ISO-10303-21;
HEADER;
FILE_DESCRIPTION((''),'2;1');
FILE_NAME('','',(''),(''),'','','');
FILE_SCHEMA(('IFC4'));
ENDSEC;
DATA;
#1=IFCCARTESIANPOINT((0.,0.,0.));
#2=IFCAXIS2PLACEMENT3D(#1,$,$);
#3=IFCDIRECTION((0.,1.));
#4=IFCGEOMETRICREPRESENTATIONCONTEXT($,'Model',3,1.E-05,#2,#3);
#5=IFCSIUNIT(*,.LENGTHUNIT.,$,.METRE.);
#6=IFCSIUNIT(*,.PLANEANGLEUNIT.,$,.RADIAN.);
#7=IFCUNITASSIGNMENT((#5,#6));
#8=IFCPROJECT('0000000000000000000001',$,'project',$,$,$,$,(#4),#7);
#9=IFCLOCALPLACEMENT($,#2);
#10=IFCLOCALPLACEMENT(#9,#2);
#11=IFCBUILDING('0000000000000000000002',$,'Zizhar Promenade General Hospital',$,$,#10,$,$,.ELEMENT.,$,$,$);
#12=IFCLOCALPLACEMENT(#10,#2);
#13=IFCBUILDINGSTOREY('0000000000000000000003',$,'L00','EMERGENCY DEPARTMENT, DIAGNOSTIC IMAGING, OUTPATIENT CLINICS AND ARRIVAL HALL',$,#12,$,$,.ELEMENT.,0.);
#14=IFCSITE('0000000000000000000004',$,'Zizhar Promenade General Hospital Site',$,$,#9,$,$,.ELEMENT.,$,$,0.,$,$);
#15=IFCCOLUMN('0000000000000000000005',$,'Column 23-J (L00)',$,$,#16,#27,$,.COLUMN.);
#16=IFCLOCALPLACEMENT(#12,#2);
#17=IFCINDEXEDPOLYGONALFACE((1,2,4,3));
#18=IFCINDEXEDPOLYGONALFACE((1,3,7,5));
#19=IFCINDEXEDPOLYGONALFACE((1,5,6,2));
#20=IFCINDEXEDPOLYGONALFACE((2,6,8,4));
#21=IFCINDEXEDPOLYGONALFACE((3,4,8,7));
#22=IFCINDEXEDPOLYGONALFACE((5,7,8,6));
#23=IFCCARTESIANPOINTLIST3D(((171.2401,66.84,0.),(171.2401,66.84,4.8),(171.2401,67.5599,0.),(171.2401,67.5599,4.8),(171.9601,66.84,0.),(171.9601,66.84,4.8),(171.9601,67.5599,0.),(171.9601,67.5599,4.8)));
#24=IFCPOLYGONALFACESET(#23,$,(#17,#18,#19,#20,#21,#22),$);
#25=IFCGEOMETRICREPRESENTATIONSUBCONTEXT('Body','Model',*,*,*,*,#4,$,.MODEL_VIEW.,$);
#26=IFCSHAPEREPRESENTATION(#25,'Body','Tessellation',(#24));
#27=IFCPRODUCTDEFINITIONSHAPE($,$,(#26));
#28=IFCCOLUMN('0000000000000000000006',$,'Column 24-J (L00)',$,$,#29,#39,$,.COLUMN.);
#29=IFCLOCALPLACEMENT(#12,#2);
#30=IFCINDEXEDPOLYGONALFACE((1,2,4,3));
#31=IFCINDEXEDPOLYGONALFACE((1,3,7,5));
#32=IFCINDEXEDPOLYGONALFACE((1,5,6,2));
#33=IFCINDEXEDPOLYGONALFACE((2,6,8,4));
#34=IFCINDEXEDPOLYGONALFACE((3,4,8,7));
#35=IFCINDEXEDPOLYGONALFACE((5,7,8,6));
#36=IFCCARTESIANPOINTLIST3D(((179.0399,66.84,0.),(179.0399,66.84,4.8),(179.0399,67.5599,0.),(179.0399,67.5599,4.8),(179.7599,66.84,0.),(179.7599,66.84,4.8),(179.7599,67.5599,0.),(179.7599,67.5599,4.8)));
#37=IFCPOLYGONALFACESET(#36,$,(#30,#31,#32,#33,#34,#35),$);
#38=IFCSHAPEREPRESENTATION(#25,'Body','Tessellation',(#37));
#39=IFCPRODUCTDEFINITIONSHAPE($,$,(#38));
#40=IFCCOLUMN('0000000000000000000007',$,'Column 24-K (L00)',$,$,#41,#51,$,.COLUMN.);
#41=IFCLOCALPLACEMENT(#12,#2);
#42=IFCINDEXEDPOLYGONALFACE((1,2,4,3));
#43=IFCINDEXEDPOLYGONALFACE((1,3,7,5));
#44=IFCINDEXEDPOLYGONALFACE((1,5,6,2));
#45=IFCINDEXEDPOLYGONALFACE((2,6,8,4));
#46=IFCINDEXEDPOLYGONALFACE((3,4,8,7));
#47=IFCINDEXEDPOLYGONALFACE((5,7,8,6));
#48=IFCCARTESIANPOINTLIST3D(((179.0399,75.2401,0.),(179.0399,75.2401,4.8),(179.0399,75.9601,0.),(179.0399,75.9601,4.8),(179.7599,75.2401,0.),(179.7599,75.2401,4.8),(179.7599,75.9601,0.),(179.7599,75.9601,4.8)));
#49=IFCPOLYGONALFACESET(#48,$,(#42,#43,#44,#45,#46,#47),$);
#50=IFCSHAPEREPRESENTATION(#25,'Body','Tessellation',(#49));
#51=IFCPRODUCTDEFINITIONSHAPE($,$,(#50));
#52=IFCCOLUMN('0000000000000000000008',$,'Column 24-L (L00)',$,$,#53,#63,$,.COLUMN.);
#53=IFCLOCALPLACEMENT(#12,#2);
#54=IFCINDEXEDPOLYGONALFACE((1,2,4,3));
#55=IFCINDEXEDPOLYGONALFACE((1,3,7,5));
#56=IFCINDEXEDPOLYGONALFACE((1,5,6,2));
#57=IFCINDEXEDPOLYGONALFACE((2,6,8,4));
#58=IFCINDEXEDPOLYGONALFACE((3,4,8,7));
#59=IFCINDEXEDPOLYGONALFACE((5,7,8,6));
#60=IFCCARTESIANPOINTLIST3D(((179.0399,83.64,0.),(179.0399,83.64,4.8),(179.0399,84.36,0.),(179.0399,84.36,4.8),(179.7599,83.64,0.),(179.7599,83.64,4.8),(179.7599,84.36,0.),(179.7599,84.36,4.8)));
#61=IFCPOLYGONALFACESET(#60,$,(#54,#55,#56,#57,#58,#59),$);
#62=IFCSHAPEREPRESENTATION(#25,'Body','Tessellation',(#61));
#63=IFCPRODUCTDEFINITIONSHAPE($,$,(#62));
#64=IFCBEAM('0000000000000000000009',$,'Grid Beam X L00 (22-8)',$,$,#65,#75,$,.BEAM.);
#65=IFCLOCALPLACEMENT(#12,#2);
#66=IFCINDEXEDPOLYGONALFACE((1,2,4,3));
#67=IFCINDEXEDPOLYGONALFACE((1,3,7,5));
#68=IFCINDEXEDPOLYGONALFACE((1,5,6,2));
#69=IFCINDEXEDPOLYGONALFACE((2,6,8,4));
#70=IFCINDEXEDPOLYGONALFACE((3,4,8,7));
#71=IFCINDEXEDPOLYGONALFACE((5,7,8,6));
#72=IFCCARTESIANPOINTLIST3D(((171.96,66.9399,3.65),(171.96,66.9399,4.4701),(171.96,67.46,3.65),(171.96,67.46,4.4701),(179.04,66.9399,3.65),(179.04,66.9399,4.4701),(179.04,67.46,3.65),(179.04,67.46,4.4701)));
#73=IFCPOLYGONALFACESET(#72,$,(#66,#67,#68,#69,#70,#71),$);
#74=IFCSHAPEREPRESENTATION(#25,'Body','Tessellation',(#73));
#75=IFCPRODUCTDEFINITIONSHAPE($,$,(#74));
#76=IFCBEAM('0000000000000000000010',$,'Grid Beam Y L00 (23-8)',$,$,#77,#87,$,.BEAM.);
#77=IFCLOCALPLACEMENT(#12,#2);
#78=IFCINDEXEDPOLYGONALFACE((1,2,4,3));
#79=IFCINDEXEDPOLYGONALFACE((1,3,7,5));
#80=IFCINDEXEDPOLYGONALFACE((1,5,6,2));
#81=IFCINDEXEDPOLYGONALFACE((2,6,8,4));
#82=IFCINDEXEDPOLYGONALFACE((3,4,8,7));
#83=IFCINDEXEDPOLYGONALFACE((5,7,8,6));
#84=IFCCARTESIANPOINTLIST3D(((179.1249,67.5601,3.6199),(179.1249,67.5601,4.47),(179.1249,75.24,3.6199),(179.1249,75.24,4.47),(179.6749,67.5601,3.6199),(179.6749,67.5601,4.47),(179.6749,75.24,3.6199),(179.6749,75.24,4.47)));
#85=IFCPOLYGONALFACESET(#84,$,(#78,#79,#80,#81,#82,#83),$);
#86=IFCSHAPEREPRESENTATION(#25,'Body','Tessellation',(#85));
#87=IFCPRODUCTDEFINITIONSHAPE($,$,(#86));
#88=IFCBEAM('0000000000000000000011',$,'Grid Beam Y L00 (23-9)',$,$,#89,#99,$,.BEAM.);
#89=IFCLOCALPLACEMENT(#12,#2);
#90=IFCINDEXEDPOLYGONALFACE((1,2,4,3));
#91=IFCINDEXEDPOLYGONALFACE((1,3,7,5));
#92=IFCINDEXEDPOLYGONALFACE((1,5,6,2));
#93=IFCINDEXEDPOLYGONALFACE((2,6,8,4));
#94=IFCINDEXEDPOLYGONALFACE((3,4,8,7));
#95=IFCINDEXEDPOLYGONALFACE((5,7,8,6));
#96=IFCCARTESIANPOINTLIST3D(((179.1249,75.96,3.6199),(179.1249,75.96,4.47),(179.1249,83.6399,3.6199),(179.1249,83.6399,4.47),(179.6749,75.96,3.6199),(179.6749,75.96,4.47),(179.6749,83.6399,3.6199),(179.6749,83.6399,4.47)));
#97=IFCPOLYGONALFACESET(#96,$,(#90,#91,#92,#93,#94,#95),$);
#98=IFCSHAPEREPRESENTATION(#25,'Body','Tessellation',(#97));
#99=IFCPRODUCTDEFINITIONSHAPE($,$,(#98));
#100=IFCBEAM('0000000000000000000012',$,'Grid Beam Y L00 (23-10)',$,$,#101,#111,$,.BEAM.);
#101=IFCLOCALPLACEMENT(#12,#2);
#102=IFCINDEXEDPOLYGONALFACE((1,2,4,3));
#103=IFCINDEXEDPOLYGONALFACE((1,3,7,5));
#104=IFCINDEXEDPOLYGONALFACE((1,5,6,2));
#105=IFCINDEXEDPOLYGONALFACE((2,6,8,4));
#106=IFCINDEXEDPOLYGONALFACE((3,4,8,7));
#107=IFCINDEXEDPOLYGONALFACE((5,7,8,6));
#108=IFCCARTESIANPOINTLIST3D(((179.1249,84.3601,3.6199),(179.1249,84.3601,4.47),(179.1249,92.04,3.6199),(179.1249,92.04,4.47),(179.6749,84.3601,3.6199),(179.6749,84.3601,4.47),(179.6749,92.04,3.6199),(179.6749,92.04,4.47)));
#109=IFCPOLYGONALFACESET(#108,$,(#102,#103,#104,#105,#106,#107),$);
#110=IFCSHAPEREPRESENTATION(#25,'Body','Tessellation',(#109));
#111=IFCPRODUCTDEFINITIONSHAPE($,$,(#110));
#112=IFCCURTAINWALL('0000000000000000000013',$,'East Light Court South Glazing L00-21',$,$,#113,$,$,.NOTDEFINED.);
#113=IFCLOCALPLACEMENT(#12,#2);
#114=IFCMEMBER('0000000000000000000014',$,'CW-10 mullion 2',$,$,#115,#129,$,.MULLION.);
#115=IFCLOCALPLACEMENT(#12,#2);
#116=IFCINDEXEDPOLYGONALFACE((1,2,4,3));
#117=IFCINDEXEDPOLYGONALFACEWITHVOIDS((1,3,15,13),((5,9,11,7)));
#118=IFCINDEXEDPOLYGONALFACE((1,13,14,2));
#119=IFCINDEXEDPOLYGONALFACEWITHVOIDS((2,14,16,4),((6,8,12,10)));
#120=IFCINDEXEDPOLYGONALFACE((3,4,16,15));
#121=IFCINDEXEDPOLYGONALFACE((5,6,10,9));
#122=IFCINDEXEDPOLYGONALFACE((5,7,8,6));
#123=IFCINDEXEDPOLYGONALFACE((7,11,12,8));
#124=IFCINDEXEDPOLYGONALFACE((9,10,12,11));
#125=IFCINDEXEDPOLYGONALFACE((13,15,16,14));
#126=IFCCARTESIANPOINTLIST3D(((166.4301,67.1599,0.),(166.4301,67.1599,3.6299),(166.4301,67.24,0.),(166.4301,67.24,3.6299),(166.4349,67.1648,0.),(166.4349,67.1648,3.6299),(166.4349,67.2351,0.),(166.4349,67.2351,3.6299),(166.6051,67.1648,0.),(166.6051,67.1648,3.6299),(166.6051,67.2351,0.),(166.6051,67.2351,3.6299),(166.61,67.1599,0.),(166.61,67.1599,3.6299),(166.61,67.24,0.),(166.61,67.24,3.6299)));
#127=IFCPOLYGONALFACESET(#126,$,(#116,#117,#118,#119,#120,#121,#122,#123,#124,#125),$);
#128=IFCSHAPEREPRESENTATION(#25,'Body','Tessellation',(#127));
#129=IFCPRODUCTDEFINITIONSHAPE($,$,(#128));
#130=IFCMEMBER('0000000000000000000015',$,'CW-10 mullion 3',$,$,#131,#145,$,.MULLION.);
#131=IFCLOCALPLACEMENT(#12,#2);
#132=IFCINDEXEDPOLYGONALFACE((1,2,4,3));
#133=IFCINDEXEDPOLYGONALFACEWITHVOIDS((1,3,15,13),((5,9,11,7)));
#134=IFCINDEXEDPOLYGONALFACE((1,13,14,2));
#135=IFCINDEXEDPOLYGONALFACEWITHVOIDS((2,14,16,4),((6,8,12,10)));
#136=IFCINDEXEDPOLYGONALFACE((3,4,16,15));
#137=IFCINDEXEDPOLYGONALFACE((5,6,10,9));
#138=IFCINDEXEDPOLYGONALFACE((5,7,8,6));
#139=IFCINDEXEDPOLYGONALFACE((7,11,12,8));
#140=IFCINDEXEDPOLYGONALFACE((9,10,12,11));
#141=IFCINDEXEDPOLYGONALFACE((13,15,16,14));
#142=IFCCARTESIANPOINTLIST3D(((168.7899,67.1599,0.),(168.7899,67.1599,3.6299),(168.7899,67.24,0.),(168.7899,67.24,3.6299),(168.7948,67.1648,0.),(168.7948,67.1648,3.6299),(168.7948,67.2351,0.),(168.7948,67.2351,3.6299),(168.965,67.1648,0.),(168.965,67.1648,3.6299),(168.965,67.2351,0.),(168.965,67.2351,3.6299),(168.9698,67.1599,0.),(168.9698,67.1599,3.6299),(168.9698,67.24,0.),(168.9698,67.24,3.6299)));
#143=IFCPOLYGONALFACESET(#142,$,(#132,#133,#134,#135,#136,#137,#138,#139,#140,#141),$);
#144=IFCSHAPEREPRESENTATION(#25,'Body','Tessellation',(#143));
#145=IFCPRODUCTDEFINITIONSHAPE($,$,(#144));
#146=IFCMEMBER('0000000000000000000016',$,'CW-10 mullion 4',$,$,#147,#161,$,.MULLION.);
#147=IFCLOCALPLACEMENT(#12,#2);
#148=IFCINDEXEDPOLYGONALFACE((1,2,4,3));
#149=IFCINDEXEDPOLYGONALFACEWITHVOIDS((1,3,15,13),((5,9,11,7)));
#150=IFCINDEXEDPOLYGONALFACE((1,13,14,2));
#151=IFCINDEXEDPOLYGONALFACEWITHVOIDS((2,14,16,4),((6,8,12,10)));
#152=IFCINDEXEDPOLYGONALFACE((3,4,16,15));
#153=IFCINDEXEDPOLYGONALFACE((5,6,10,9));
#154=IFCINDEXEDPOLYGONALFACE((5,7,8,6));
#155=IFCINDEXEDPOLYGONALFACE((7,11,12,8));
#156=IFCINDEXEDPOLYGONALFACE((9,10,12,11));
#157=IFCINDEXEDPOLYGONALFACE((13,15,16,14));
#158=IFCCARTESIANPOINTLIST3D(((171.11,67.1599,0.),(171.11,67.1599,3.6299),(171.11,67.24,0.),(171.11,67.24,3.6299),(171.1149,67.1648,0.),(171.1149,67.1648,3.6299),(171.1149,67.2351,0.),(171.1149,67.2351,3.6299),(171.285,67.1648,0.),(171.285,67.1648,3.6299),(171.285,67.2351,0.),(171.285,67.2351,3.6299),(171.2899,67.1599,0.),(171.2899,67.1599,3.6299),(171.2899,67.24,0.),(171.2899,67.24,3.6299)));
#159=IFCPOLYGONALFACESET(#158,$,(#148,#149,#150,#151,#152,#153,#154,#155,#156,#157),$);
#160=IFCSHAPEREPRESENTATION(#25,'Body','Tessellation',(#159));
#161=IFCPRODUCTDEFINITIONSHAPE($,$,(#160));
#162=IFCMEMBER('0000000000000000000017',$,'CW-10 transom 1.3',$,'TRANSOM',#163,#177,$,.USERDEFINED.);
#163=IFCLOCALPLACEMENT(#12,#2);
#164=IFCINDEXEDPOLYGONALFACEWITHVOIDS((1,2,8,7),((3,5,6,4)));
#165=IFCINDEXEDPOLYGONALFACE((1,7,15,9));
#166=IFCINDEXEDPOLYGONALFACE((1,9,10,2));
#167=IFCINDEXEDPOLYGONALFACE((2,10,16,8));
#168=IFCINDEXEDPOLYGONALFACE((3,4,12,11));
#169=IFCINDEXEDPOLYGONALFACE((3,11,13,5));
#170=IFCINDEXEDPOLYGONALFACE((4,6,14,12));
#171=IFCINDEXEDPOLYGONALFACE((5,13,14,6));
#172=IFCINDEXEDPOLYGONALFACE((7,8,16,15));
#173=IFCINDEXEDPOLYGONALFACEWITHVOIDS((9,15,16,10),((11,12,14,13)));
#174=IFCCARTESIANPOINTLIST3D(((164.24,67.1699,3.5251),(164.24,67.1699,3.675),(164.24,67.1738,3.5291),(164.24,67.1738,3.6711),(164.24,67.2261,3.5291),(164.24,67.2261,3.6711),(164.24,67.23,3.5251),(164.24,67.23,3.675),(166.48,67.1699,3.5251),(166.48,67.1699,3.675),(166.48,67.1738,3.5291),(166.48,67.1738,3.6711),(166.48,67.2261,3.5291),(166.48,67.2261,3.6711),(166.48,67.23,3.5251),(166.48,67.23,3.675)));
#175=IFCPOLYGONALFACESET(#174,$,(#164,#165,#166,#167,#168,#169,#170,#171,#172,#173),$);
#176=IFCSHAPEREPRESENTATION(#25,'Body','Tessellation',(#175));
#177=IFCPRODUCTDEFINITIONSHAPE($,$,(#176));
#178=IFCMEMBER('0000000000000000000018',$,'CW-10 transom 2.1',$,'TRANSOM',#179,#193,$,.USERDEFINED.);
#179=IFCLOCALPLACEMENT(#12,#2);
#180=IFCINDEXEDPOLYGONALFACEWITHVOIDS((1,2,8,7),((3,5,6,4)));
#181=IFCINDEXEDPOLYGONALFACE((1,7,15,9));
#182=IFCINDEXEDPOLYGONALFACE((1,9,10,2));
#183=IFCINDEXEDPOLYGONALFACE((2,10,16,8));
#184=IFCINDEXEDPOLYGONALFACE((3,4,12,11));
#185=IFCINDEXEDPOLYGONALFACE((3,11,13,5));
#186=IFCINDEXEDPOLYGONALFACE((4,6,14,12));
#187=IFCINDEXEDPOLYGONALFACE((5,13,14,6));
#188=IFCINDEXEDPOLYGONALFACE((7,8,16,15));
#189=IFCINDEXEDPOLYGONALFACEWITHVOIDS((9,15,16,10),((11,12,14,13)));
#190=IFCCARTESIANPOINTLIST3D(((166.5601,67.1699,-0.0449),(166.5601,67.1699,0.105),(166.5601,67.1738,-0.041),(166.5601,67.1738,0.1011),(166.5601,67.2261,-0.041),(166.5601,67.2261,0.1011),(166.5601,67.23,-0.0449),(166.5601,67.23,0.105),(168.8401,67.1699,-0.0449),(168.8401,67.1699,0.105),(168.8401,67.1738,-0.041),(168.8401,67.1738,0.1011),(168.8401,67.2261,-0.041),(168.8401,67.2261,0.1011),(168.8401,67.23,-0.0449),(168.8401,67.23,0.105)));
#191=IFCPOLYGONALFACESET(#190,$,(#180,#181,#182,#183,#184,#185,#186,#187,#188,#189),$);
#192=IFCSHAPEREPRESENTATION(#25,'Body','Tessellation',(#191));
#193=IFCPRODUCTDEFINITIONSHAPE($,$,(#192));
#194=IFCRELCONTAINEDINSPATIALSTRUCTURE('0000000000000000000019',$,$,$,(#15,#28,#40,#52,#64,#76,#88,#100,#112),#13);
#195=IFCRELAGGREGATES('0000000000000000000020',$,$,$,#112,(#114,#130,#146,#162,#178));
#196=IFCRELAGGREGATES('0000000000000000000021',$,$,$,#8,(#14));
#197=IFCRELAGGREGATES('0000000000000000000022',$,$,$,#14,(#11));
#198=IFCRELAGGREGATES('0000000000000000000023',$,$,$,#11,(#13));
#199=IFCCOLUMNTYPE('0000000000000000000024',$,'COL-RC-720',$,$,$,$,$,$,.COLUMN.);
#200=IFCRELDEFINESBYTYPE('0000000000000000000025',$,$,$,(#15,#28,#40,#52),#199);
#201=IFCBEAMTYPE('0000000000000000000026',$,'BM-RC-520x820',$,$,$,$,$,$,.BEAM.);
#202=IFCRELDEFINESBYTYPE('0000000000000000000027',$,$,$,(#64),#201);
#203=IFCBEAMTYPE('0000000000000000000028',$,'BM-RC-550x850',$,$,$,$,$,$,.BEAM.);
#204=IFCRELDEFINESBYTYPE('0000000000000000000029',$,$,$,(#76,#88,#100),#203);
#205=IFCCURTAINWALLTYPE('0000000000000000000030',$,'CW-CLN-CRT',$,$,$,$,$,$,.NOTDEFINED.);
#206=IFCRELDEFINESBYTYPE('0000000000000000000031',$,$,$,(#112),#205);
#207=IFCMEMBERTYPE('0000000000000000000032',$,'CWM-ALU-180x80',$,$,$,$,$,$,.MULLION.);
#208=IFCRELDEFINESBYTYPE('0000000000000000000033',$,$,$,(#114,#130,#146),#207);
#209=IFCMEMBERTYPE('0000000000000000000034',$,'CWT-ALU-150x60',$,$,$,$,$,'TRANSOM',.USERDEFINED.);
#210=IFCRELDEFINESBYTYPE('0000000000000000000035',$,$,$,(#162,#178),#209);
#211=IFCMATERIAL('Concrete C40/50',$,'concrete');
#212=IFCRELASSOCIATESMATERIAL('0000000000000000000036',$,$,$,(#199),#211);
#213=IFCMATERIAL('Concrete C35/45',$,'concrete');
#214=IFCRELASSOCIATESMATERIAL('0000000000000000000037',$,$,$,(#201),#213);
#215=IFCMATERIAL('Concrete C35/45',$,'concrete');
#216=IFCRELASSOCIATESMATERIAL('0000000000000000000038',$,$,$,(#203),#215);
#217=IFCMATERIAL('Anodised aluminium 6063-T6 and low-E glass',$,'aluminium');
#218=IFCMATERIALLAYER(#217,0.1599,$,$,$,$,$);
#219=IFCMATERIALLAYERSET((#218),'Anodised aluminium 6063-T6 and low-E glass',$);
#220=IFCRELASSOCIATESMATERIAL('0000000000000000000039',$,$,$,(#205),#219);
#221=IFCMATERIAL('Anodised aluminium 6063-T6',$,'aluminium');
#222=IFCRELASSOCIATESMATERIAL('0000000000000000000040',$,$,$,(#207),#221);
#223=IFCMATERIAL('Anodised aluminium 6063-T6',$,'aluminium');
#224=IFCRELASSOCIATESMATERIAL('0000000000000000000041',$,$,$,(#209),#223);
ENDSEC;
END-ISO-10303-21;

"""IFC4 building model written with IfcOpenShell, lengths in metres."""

from ifc_helpers import new_model, si_unit, direction, frame, origin, origin_2d, place, context, subcontext, project, spatial, rectangle, hollow_rectangle, extrude, material, layer, layer_set, material_profile, profile_set, type_object, element, aggregate, save


model = new_model("IFC4")

# Units and contexts
model_context = context("Model", 3, precision=1e-05, world=origin(), true_north=direction((0.0, 1.0)))
body_context = subcontext(model_context, "Body", "Model", "MODEL_VIEW")
ifc_project = project(units=[si_unit("LENGTHUNIT", "METRE"), si_unit("PLANEANGLEUNIT", "RADIAN")], contexts=[model_context])

# Site, building, storey
site_placement = place(None, origin())
site = spatial("IfcSite", under=ifc_project, at=site_placement, Name="Zizhar Promenade General Hospital Site", CompositionType="ELEMENT", RefElevation=0.0)
building_placement = place(site_placement, origin())
building = spatial("IfcBuilding", under=site, at=building_placement, Name="Zizhar Promenade General Hospital", CompositionType="ELEMENT")
storey_placement = place(building_placement, origin())
storey = spatial("IfcBuildingStorey", under=building, at=storey_placement, Name="L00", Description="EMERGENCY DEPARTMENT, DIAGNOSTIC IMAGING, OUTPATIENT CLINICS AND ARRIVAL HALL", CompositionType="ELEMENT", Elevation=0.0)

# Columns
ifc_material_1 = material(Name="Concrete C40/50", Category="concrete")
ifc_material_profile_1 = material_profile(ifc_material_1, rectangle(XDim=0.72, YDim=0.72, at=origin_2d()))
ifc_profile_set_1 = profile_set([ifc_material_profile_1], Name="Concrete C40/50")
column_type = type_object("IfcColumnType", Name="COL-RC-720", PredefinedType="COLUMN", material=ifc_profile_set_1)
for number, where, z_axis, x_axis, name in (
    (1, (171.6001, 67.2, 0.0), (0.0, 0.0, 1.0), (1.0, 0.0, 0.0), "Column 23-J (L00)"),
    (2, (179.3999, 67.2, 0.0), (0.0, 0.0, 1.0), (1.0, 0.0, 0.0), "Column 24-J (L00)"),
    (3, (179.3999, 75.6001, 0.0), (0.0, 0.0, 1.0), (1.0, 0.0, 0.0), "Column 24-K (L00)"),
    (4, (179.3999, 84.0, 0.0), (0.0, 0.0, 1.0), (1.0, 0.0, 0.0), "Column 24-L (L00)"),
):
    element("IfcColumn", number, at=place(storey_placement, frame(where, z_axis=z_axis, x_axis=x_axis)), inside=storey, type_object=column_type, Name=name, PredefinedType="COLUMN", context=body_context, shape_type="SweptSolid", body=[
        extrude(rectangle(XDim=0.72, YDim=0.72, at=origin_2d()), origin(), (0.0, 0.0, 1.0), 4.8),
    ])

# Beams
ifc_material_2 = material(Name="Concrete C35/45", Category="concrete")
ifc_material_profile_2 = material_profile(ifc_material_2, rectangle(XDim=0.52, YDim=0.8201, at=origin_2d()))
ifc_profile_set_2 = profile_set([ifc_material_profile_2], Name="Concrete C35/45")
beam_type_1 = type_object("IfcBeamType", Name="BM-RC-520x820", PredefinedType="BEAM", material=ifc_profile_set_2)
beam_placement = place(storey_placement, frame((171.96, 67.2, 4.0601), z_axis=(1.0, 0.0, 0.0), x_axis=(0.0, 1.0, 0.0)))
element("IfcBeam", 5, at=beam_placement, inside=storey, type_object=beam_type_1, Name="Grid Beam X L00 (22-8)", PredefinedType="BEAM", context=body_context, shape_type="SweptSolid", body=[
    extrude(rectangle(XDim=0.52, YDim=0.8201, at=origin_2d()), origin(), (0.0, 0.0, 1.0), 7.0801),
])
ifc_material_3 = material(Name="Concrete C35/45", Category="concrete")
ifc_material_profile_3 = material_profile(ifc_material_3, rectangle(XDim=0.55, YDim=0.8501, at=origin_2d()))
ifc_profile_set_3 = profile_set([ifc_material_profile_3], Name="Concrete C35/45")
beam_type_2 = type_object("IfcBeamType", Name="BM-RC-550x850", PredefinedType="BEAM", material=ifc_profile_set_3)
for number, where, z_axis, x_axis, name in (
    (6, (179.3999, 67.5601, 4.0449), (0.0, 1.0, 0.0), (-1.0, 0.0, 0.0), "Grid Beam Y L00 (23-8)"),
    (7, (179.3999, 75.96, 4.0449), (0.0, 1.0, 0.0), (-1.0, 0.0, 0.0), "Grid Beam Y L00 (23-9)"),
    (8, (179.3999, 84.3601, 4.0449), (0.0, 1.0, 0.0), (-1.0, 0.0, 0.0), "Grid Beam Y L00 (23-10)"),
):
    element("IfcBeam", number, at=place(storey_placement, frame(where, z_axis=z_axis, x_axis=x_axis)), inside=storey, type_object=beam_type_2, Name=name, PredefinedType="BEAM", context=body_context, shape_type="SweptSolid", body=[
        extrude(rectangle(XDim=0.55, YDim=0.8501, at=origin_2d()), origin(), (0.0, 0.0, 1.0), 7.6799),
    ])

# Curtain wall, members
ifc_material_4 = material(Name="Anodised aluminium 6063-T6 and low-E glass", Category="aluminium")
ifc_layer_1 = layer(ifc_material_4, 0.1599)
ifc_layer_set_1 = layer_set([ifc_layer_1], Name="Anodised aluminium 6063-T6 and low-E glass")
curtain_wall_type = type_object("IfcCurtainWallType", Name="CW-CLN-CRT", PredefinedType="NOTDEFINED", material=ifc_layer_set_1)
curtain_wall_placement = place(storey_placement, origin())
curtain_wall = element("IfcCurtainWall", 9, at=curtain_wall_placement, inside=storey, type_object=curtain_wall_type, Name="East Light Court South Glazing L00-21", PredefinedType="NOTDEFINED")
ifc_material_5 = material(Name="Anodised aluminium 6063-T6", Category="aluminium")
ifc_material_profile_4 = material_profile(ifc_material_5, hollow_rectangle(XDim=0.0801, YDim=0.1799, WallThickness=0.0049, at=origin_2d()))
ifc_profile_set_4 = profile_set([ifc_material_profile_4], Name="Anodised aluminium 6063-T6")
member_type_1 = type_object("IfcMemberType", Name="CWM-ALU-180x80", PredefinedType="MULLION", material=ifc_profile_set_4)
member_1_placement = place(storey_placement, frame((166.52, 67.2, 0.0), z_axis=(0.0, 0.0, 1.0), x_axis=(0.0, 1.0, 0.0)))
member_1 = element("IfcMember", 10, at=member_1_placement, type_object=member_type_1, Name="CW-10 mullion 2", PredefinedType="MULLION", context=body_context, shape_type="SweptSolid", body=[
    extrude(hollow_rectangle(XDim=0.0801, YDim=0.1799, WallThickness=0.0049, at=origin_2d()), origin(), (0.0, 0.0, 1.0), 3.6299),
])
member_2_placement = place(storey_placement, frame((168.8799, 67.2, 0.0), z_axis=(0.0, 0.0, 1.0), x_axis=(0.0, 1.0, 0.0)))
member_2 = element("IfcMember", 11, at=member_2_placement, type_object=member_type_1, Name="CW-10 mullion 3", PredefinedType="MULLION", context=body_context, shape_type="SweptSolid", body=[
    extrude(hollow_rectangle(XDim=0.0801, YDim=0.1799, WallThickness=0.0049, at=origin_2d()), origin(), (0.0, 0.0, 1.0), 3.6299),
])
member_3_placement = place(storey_placement, frame((171.2, 67.2, 0.0), z_axis=(0.0, 0.0, 1.0), x_axis=(0.0, 1.0, 0.0)))
member_3 = element("IfcMember", 12, at=member_3_placement, type_object=member_type_1, Name="CW-10 mullion 4", PredefinedType="MULLION", context=body_context, shape_type="SweptSolid", body=[
    extrude(hollow_rectangle(XDim=0.0801, YDim=0.1799, WallThickness=0.0049, at=origin_2d()), origin(), (0.0, 0.0, 1.0), 3.6299),
])
ifc_material_6 = material(Name="Anodised aluminium 6063-T6", Category="aluminium")
ifc_material_profile_5 = material_profile(ifc_material_6, hollow_rectangle(XDim=0.0601, YDim=0.1499, WallThickness=0.0039, at=origin_2d()))
ifc_profile_set_5 = profile_set([ifc_material_profile_5], Name="Anodised aluminium 6063-T6")
member_type_2 = type_object("IfcMemberType", Name="CWT-ALU-150x60", ElementType="TRANSOM", PredefinedType="USERDEFINED", material=ifc_profile_set_5)
member_4_placement = place(storey_placement, frame((164.24, 67.2, 3.6001), z_axis=(1.0, 0.0, 0.0), x_axis=(0.0, 1.0, 0.0)))
member_4 = element("IfcMember", 13, at=member_4_placement, type_object=member_type_2, Name="CW-10 transom 1.3", ObjectType="TRANSOM", PredefinedType="USERDEFINED", context=body_context, shape_type="SweptSolid", body=[
    extrude(hollow_rectangle(XDim=0.0601, YDim=0.1499, WallThickness=0.0039, at=origin_2d()), origin(), (0.0, 0.0, 1.0), 2.24),
])
member_5_placement = place(storey_placement, frame((166.5601, 67.2, 0.03), z_axis=(1.0, 0.0, 0.0), x_axis=(0.0, 1.0, 0.0)))
member_5 = element("IfcMember", 14, at=member_5_placement, type_object=member_type_2, Name="CW-10 transom 2.1", ObjectType="TRANSOM", PredefinedType="USERDEFINED", context=body_context, shape_type="SweptSolid", body=[
    extrude(hollow_rectangle(XDim=0.0601, YDim=0.1499, WallThickness=0.0039, at=origin_2d()), origin(), (0.0, 0.0, 1.0), 2.28),
])
aggregate(curtain_wall, [member_1, member_2, member_3, member_4, member_5])

save(model, "model.ifc")
